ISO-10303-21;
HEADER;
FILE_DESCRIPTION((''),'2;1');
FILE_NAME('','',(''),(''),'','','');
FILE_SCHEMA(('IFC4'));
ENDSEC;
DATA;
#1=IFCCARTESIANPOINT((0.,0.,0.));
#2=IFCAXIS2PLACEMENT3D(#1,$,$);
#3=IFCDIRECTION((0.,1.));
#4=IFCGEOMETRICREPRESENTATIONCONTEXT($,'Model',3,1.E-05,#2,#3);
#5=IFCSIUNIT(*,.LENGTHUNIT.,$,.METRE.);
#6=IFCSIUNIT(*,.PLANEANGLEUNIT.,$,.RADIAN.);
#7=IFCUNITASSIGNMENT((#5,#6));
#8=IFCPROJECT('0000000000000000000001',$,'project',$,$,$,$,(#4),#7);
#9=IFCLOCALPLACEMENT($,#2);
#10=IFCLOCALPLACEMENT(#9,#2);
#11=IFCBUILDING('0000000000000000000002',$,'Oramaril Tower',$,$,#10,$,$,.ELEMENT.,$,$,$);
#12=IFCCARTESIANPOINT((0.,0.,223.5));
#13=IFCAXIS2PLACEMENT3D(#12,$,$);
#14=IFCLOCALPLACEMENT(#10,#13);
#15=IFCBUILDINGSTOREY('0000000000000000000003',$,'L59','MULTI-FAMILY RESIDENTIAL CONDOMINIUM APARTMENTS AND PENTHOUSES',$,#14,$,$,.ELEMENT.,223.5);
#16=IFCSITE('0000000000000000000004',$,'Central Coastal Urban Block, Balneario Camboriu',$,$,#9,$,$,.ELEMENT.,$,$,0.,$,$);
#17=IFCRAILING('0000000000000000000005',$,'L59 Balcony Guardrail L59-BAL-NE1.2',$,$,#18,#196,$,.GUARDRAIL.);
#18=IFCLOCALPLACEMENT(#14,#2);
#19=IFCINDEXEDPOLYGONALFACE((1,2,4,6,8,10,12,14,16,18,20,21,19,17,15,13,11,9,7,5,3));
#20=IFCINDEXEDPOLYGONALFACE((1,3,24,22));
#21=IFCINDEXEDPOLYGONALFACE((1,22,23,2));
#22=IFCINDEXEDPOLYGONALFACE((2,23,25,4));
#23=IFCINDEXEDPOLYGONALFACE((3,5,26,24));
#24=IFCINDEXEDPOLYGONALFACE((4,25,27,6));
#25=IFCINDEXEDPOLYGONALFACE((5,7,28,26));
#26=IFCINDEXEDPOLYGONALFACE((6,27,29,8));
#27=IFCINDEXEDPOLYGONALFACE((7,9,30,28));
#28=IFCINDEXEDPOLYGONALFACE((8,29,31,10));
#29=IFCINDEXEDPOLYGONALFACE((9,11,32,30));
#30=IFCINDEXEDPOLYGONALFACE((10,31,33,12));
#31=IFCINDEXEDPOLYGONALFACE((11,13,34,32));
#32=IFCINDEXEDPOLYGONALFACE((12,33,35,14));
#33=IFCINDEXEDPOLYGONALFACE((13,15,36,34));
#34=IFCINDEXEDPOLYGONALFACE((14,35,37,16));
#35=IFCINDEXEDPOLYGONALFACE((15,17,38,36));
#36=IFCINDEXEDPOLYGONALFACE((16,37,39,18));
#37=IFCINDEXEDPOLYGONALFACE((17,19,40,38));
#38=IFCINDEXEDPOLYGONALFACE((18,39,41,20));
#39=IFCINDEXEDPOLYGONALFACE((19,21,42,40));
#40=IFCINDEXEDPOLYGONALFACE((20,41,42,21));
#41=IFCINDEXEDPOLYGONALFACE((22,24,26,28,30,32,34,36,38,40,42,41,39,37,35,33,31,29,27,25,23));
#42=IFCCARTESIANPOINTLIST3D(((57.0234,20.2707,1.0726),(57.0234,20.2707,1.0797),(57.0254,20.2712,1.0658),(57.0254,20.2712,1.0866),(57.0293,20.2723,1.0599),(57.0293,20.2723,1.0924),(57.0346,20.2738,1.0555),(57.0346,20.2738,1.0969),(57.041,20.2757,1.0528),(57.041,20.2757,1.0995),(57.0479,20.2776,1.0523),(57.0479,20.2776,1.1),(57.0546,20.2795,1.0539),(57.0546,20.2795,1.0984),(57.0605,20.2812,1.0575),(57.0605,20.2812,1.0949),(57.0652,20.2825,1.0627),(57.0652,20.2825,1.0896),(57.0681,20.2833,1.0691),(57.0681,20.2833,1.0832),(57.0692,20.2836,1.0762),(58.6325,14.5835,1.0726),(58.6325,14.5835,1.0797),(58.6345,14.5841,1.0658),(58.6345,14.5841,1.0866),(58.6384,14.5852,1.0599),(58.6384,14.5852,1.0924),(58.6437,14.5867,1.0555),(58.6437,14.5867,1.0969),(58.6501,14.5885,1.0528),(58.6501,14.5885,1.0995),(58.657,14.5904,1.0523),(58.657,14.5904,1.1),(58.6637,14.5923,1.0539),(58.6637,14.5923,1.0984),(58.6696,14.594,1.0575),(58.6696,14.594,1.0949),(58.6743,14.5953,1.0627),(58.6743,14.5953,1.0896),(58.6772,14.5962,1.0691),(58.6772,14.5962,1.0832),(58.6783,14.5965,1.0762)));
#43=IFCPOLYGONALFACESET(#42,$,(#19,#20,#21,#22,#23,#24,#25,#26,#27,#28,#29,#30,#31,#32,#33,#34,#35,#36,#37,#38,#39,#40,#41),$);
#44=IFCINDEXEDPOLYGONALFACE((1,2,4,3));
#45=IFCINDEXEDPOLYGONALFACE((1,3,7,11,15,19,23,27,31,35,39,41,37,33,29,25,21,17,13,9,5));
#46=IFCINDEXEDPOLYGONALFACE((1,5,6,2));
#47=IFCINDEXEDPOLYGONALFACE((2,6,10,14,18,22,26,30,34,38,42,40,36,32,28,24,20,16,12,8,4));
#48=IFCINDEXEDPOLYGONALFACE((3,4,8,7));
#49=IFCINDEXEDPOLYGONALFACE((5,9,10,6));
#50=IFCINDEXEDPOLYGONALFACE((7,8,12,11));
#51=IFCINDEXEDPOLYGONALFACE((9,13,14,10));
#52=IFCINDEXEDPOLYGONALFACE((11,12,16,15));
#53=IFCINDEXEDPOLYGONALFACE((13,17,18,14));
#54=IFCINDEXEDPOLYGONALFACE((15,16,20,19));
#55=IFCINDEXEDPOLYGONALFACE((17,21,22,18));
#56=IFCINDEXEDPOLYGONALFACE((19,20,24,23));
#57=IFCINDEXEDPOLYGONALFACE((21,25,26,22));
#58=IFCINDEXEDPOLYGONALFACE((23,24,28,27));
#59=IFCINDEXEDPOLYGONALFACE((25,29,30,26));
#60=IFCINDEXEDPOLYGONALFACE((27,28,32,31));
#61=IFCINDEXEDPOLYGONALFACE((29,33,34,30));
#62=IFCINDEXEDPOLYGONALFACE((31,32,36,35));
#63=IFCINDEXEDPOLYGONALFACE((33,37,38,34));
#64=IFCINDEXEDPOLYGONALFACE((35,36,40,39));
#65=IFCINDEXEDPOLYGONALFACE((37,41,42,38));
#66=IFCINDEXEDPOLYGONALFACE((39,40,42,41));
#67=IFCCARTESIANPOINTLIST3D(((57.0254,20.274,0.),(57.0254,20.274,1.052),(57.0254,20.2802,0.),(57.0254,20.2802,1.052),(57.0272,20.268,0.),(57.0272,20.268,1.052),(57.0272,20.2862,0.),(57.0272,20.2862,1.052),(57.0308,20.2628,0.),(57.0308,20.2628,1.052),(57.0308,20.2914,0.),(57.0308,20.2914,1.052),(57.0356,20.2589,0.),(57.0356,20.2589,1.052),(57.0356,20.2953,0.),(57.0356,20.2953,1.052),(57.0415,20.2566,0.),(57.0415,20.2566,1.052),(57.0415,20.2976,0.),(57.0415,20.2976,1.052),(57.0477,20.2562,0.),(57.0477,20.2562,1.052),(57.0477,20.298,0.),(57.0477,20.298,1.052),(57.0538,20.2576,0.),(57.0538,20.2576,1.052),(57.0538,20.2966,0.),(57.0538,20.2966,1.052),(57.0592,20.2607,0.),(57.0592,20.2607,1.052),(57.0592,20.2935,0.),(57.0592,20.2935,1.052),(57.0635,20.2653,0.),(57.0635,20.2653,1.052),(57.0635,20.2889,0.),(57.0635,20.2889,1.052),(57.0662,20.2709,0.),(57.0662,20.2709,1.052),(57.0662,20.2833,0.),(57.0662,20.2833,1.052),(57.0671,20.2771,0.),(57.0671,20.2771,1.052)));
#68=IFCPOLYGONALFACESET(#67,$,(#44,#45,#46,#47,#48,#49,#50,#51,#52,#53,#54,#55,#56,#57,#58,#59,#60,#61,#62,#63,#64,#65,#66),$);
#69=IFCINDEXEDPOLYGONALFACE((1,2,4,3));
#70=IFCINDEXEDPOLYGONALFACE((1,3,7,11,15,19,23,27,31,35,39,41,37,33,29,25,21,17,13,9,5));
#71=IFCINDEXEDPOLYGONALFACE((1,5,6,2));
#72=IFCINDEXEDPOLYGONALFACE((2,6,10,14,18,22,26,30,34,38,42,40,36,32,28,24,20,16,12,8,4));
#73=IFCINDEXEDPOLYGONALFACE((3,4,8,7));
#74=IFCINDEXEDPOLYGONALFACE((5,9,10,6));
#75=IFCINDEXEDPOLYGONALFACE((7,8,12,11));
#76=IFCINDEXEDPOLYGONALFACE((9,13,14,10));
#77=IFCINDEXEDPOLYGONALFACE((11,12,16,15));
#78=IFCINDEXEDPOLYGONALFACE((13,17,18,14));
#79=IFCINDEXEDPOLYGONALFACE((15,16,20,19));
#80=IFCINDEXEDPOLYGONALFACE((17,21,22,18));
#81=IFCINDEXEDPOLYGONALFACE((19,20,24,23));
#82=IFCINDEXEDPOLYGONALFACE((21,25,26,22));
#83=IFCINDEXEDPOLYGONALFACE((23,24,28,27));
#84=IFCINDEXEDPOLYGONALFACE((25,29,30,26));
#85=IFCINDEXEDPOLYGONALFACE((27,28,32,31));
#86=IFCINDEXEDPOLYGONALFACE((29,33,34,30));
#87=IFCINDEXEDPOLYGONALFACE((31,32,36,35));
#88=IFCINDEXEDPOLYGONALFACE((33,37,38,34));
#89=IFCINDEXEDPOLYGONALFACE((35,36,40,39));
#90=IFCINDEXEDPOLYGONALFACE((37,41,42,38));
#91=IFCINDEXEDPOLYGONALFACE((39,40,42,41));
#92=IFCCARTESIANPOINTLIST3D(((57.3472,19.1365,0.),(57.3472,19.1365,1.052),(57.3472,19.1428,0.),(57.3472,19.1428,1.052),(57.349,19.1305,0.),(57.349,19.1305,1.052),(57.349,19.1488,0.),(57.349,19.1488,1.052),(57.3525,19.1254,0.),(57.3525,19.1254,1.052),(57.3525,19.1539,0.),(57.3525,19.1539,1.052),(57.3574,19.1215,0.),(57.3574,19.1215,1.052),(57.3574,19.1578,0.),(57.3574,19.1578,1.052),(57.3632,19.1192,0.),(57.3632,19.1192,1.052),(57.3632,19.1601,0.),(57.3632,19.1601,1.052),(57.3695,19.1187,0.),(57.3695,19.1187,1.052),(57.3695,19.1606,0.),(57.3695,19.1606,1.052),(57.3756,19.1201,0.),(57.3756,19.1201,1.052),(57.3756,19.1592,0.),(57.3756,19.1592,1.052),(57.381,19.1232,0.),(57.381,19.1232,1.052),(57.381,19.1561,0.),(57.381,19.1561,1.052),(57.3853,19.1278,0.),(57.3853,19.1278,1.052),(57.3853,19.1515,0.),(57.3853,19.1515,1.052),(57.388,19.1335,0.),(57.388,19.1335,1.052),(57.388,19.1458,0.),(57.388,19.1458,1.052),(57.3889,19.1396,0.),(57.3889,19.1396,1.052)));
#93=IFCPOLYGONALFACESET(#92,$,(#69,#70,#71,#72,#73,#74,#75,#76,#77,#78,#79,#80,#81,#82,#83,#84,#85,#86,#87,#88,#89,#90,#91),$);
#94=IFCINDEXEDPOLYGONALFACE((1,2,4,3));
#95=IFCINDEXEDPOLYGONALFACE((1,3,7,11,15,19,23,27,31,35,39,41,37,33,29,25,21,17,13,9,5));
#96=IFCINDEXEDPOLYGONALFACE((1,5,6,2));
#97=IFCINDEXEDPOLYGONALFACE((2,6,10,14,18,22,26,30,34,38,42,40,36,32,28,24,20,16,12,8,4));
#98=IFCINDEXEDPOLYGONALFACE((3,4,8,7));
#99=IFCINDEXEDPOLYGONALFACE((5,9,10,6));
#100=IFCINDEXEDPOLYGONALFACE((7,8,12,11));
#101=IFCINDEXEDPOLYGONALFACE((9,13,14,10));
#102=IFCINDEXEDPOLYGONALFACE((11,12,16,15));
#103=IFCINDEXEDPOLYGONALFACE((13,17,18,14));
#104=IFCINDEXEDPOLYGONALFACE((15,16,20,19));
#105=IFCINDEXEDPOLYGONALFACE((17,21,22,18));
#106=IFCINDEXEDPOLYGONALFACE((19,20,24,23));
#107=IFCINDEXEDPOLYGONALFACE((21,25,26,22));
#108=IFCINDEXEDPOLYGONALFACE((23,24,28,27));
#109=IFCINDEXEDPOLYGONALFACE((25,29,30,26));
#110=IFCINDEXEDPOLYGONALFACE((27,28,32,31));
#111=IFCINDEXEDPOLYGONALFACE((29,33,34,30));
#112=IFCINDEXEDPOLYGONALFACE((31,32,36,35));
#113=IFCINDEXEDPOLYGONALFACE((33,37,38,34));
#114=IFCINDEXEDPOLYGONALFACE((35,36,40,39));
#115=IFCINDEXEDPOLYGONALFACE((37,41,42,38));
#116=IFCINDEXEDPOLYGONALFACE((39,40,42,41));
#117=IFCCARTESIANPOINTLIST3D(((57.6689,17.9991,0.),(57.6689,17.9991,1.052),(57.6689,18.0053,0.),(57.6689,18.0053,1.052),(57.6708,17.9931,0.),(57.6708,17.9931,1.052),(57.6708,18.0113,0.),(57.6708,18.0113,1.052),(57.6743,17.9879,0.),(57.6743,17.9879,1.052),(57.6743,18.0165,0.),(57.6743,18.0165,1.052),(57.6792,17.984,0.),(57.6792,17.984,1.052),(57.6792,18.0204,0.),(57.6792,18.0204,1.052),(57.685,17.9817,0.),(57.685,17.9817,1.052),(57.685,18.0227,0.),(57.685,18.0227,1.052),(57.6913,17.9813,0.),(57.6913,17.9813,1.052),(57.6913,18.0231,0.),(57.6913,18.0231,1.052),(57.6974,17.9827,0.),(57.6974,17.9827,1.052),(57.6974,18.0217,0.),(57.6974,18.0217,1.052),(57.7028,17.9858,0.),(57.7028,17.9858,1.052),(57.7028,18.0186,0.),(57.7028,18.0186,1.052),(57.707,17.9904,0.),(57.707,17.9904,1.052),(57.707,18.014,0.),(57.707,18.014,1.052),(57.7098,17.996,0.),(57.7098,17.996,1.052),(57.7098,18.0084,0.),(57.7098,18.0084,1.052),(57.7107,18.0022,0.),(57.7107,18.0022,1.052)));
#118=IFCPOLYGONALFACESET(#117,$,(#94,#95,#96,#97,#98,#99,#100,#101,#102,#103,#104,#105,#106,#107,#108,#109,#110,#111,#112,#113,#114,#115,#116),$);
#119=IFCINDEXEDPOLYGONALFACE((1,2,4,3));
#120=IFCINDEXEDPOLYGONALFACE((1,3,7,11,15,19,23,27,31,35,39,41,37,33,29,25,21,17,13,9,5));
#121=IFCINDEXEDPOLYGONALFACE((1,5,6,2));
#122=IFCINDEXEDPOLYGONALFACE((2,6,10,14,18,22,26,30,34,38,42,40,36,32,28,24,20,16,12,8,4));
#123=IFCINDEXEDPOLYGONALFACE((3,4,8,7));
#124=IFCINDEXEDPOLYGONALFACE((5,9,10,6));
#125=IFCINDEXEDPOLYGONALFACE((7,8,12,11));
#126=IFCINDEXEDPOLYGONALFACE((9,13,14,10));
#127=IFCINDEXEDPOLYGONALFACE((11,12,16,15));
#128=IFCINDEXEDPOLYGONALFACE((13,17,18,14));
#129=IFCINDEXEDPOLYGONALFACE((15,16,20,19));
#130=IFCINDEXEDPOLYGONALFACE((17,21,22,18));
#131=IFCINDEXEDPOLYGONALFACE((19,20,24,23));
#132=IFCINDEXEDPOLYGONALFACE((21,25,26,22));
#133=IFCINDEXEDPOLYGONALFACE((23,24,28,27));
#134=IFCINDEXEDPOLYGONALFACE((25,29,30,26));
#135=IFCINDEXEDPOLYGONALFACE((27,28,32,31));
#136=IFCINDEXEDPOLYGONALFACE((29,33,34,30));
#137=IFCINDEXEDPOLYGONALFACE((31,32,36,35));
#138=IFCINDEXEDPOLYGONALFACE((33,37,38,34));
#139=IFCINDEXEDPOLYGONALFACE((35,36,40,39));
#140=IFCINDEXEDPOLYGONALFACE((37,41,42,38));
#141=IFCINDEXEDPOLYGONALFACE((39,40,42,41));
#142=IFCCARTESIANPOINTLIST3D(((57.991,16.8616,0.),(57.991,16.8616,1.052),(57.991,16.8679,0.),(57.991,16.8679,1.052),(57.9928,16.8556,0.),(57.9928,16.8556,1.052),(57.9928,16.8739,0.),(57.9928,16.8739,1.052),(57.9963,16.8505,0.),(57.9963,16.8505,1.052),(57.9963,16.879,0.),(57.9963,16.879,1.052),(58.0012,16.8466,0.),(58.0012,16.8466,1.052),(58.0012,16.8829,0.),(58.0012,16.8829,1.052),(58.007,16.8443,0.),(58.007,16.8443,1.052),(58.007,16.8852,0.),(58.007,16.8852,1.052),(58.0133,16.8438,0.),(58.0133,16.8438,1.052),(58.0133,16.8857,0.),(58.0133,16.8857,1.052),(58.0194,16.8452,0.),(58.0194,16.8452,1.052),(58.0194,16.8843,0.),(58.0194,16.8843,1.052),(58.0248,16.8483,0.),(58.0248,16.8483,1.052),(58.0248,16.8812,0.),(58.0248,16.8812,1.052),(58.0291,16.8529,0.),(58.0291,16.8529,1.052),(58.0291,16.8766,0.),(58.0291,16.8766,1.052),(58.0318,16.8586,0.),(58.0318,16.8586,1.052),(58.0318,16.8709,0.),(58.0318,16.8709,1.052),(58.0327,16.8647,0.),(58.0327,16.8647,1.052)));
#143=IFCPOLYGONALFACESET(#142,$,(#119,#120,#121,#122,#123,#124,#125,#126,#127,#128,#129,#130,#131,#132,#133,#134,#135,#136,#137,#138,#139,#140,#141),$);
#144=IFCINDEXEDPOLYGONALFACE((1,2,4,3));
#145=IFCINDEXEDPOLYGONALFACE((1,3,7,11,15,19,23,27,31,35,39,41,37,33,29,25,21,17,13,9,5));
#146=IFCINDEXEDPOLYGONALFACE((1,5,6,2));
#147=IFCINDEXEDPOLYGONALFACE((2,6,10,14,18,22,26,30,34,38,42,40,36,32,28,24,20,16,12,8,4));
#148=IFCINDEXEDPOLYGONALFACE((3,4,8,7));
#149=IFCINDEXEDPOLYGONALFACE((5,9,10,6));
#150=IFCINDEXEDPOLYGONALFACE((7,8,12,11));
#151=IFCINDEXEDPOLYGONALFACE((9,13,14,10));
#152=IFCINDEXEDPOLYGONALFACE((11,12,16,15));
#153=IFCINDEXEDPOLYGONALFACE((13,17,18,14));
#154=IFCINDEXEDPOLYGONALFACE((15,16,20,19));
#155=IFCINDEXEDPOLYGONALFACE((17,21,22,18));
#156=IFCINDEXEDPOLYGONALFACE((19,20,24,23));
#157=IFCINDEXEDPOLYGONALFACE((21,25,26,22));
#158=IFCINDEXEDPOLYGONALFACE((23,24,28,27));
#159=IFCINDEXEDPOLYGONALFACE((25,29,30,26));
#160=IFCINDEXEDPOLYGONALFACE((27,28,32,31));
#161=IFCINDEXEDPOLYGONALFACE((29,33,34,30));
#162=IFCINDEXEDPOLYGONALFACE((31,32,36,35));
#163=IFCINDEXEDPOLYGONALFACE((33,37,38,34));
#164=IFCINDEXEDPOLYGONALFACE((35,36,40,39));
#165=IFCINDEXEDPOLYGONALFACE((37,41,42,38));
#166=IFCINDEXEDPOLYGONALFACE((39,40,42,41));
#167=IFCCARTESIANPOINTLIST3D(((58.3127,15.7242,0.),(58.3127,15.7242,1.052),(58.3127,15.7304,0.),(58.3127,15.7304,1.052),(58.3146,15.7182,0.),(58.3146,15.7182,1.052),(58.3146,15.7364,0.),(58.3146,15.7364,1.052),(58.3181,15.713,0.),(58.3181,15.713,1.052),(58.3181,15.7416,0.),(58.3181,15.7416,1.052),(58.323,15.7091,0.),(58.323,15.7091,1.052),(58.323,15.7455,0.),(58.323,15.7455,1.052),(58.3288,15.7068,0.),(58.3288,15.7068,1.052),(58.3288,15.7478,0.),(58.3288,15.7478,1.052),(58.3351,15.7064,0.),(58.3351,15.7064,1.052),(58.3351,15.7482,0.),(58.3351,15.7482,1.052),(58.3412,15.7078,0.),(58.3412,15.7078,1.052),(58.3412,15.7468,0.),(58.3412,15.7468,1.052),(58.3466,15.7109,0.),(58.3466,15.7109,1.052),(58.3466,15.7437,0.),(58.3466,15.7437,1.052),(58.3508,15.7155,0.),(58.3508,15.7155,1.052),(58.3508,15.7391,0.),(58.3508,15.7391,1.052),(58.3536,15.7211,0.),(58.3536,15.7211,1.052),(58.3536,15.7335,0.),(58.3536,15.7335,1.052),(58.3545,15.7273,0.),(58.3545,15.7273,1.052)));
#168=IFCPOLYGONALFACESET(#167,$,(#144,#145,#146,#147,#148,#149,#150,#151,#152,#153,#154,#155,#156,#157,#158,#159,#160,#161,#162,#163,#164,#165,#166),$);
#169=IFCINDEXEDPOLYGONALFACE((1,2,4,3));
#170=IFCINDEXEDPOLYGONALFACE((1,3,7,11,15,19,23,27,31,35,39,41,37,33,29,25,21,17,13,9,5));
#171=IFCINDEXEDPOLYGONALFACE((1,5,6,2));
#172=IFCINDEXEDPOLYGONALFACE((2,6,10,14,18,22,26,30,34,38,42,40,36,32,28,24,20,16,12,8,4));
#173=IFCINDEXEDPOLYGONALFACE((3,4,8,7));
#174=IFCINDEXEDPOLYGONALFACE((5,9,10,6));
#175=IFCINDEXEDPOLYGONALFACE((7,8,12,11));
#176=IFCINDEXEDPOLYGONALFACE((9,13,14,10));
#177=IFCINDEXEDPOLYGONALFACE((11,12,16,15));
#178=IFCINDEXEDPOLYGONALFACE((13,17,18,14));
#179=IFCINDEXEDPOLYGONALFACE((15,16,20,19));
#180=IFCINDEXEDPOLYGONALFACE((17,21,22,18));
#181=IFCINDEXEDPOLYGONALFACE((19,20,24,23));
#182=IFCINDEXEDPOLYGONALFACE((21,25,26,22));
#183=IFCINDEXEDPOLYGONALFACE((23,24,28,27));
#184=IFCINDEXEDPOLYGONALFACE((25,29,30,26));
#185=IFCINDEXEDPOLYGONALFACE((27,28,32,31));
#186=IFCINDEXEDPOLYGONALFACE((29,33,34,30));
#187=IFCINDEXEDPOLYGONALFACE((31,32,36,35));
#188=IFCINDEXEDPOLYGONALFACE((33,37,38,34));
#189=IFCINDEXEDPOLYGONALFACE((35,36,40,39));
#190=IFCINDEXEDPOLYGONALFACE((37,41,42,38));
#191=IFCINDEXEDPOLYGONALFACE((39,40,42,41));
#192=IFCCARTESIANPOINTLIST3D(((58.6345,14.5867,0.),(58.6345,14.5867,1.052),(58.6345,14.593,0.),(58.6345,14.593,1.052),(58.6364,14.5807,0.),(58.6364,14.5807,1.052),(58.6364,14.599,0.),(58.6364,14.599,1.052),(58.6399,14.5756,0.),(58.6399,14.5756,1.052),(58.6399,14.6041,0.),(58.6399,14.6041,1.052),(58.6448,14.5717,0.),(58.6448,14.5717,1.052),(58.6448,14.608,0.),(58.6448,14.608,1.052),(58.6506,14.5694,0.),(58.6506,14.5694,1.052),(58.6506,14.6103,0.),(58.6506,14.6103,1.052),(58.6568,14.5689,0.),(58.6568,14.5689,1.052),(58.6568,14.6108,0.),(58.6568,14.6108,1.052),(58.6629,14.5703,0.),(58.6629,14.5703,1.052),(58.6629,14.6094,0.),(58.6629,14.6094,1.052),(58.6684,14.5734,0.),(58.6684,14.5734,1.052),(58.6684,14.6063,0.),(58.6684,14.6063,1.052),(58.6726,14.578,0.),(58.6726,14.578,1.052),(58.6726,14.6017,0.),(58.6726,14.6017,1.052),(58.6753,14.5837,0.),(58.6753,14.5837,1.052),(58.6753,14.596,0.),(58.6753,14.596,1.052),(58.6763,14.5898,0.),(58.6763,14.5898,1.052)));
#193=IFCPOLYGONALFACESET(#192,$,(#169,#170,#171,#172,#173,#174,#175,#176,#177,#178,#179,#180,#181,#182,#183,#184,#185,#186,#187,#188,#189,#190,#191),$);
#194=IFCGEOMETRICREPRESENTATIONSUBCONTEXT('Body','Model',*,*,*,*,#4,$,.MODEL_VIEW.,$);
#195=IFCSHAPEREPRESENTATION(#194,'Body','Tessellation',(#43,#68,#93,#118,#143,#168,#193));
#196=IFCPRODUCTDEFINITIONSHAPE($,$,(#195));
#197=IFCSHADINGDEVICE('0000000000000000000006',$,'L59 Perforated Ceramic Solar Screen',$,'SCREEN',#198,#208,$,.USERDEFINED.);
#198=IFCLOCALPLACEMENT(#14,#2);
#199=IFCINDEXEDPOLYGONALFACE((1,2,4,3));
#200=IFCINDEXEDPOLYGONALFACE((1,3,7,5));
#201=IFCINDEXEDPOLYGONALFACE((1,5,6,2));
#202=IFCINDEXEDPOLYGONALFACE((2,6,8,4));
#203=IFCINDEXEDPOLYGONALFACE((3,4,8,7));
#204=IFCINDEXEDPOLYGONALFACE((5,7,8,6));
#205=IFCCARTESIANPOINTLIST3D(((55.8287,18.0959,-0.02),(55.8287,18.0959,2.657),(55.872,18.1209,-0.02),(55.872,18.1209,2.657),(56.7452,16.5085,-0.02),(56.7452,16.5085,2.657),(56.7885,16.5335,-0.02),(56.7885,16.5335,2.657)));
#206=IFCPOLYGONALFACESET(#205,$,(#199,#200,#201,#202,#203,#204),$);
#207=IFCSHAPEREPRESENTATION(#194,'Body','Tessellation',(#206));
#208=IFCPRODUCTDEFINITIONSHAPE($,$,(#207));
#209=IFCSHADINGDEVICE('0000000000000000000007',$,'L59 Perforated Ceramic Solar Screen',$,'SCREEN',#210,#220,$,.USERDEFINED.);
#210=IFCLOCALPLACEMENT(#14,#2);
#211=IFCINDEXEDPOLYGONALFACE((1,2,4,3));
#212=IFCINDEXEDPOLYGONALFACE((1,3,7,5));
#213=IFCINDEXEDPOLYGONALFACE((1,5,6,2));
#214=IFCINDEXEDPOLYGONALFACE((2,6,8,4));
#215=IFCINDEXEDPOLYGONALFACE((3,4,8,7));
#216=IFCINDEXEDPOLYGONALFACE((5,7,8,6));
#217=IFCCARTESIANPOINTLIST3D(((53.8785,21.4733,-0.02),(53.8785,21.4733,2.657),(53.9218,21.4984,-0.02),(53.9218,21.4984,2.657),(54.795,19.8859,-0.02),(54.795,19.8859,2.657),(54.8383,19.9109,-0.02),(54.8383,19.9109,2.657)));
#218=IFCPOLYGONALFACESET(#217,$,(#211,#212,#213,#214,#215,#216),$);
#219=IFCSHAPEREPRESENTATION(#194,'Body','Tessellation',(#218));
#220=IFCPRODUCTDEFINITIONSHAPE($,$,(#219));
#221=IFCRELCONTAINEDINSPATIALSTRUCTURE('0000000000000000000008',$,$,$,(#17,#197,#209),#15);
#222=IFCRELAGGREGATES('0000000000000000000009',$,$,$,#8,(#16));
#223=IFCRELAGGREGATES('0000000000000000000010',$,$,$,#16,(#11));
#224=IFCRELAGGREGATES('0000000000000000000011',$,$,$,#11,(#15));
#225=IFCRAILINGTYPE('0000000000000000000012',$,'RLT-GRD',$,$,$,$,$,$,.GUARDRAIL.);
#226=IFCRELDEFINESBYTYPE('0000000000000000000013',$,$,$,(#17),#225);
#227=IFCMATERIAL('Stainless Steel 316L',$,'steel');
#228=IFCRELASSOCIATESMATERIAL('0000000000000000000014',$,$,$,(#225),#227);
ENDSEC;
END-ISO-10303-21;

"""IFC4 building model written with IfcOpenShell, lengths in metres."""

from ifc_helpers import new_model, si_unit, direction, frame, origin, origin_2d, place, context, subcontext, project, spatial, rectangle, circle, extrude, material, type_object, element, save


model = new_model("IFC4")

# Units and contexts
model_context = context("Model", 3, precision=1e-05, world=origin(), true_north=direction((0.0, 1.0)))
body_context = subcontext(model_context, "Body", "Model", "MODEL_VIEW")
ifc_project = project(units=[si_unit("LENGTHUNIT", "METRE"), si_unit("PLANEANGLEUNIT", "RADIAN")], contexts=[model_context])

# Site, building, storey
site_placement = place(None, origin())
site = spatial("IfcSite", under=ifc_project, at=site_placement, Name="Central Coastal Urban Block, Balneario Camboriu", CompositionType="ELEMENT", RefElevation=0.0)
building_placement = place(site_placement, origin())
building = spatial("IfcBuilding", under=site, at=building_placement, Name="Oramaril Tower", CompositionType="ELEMENT")
storey_placement = place(building_placement, frame((0.0, 0.0, 223.5)))
storey = spatial("IfcBuildingStorey", under=building, at=storey_placement, Name="L59", Description="MULTI-FAMILY RESIDENTIAL CONDOMINIUM APARTMENTS AND PENTHOUSES", CompositionType="ELEMENT", Elevation=223.5)

# Railing
ifc_material_1 = material(Name="Stainless Steel 316L", Category="steel")
railing_type = type_object("IfcRailingType", Name="RLT-GRD", PredefinedType="GUARDRAIL", material=ifc_material_1)
railing_1_placement = place(storey_placement, frame((57.0461, 20.2771, 0.0)))
element("IfcRailing", 1, at=railing_1_placement, inside=storey, type_object=railing_type, Name="L59 Balcony Guardrail L59-BAL-NE1.2", PredefinedType="GUARDRAIL", context=body_context, shape_type="SweptSolid", body=[
    extrude(circle(Radius=0.0239, at=origin_2d()), frame((0.0, 0.0, 1.0762), z_axis=(0.272249, -0.962227, 0.0), x_axis=(0.962227, 0.272249, 0.0)), (0.0, 0.0, 1.0), 5.9104),
    extrude(circle(Radius=0.021, at=origin_2d()), origin(), (0.0, 0.0, 1.0), 1.052),
    extrude(circle(Radius=0.021, at=origin_2d()), frame((0.3218, -1.1375, 0.0)), (0.0, 0.0, 1.0), 1.052),
    extrude(circle(Radius=0.021, at=origin_2d()), frame((0.6436, -2.2749, 0.0)), (0.0, 0.0, 1.0), 1.052),
    extrude(circle(Radius=0.021, at=origin_2d()), frame((0.9656, -3.4124, 0.0)), (0.0, 0.0, 1.0), 1.052),
    extrude(circle(Radius=0.021, at=origin_2d()), frame((1.2874, -4.5498, 0.0)), (0.0, 0.0, 1.0), 1.052),
    extrude(circle(Radius=0.021, at=origin_2d()), frame((1.6091, -5.6873, 0.0)), (0.0, 0.0, 1.0), 1.052),
])

# Shading devices
for number, where, z_axis, x_axis, name in (
    (2, (56.3086, 17.3147, -0.02), (0.0, 0.0, 1.0), (-0.5, 0.866025, 0.0), "L59 Perforated Ceramic Solar Screen"),
    (3, (54.3584, 20.6921, -0.02), (0.0, 0.0, 1.0), (-0.5, 0.866025, 0.0), "L59 Perforated Ceramic Solar Screen"),
):
    element("IfcShadingDevice", number, at=place(storey_placement, frame(where, z_axis=z_axis, x_axis=x_axis)), inside=storey, Name=name, ObjectType="SCREEN", PredefinedType="USERDEFINED", context=body_context, shape_type="SweptSolid", body=[
        extrude(rectangle(XDim=1.833, YDim=0.05, at=origin_2d()), origin(), (0.0, 0.0, 1.0), 2.677),
    ])

save(model, "model.ifc")
